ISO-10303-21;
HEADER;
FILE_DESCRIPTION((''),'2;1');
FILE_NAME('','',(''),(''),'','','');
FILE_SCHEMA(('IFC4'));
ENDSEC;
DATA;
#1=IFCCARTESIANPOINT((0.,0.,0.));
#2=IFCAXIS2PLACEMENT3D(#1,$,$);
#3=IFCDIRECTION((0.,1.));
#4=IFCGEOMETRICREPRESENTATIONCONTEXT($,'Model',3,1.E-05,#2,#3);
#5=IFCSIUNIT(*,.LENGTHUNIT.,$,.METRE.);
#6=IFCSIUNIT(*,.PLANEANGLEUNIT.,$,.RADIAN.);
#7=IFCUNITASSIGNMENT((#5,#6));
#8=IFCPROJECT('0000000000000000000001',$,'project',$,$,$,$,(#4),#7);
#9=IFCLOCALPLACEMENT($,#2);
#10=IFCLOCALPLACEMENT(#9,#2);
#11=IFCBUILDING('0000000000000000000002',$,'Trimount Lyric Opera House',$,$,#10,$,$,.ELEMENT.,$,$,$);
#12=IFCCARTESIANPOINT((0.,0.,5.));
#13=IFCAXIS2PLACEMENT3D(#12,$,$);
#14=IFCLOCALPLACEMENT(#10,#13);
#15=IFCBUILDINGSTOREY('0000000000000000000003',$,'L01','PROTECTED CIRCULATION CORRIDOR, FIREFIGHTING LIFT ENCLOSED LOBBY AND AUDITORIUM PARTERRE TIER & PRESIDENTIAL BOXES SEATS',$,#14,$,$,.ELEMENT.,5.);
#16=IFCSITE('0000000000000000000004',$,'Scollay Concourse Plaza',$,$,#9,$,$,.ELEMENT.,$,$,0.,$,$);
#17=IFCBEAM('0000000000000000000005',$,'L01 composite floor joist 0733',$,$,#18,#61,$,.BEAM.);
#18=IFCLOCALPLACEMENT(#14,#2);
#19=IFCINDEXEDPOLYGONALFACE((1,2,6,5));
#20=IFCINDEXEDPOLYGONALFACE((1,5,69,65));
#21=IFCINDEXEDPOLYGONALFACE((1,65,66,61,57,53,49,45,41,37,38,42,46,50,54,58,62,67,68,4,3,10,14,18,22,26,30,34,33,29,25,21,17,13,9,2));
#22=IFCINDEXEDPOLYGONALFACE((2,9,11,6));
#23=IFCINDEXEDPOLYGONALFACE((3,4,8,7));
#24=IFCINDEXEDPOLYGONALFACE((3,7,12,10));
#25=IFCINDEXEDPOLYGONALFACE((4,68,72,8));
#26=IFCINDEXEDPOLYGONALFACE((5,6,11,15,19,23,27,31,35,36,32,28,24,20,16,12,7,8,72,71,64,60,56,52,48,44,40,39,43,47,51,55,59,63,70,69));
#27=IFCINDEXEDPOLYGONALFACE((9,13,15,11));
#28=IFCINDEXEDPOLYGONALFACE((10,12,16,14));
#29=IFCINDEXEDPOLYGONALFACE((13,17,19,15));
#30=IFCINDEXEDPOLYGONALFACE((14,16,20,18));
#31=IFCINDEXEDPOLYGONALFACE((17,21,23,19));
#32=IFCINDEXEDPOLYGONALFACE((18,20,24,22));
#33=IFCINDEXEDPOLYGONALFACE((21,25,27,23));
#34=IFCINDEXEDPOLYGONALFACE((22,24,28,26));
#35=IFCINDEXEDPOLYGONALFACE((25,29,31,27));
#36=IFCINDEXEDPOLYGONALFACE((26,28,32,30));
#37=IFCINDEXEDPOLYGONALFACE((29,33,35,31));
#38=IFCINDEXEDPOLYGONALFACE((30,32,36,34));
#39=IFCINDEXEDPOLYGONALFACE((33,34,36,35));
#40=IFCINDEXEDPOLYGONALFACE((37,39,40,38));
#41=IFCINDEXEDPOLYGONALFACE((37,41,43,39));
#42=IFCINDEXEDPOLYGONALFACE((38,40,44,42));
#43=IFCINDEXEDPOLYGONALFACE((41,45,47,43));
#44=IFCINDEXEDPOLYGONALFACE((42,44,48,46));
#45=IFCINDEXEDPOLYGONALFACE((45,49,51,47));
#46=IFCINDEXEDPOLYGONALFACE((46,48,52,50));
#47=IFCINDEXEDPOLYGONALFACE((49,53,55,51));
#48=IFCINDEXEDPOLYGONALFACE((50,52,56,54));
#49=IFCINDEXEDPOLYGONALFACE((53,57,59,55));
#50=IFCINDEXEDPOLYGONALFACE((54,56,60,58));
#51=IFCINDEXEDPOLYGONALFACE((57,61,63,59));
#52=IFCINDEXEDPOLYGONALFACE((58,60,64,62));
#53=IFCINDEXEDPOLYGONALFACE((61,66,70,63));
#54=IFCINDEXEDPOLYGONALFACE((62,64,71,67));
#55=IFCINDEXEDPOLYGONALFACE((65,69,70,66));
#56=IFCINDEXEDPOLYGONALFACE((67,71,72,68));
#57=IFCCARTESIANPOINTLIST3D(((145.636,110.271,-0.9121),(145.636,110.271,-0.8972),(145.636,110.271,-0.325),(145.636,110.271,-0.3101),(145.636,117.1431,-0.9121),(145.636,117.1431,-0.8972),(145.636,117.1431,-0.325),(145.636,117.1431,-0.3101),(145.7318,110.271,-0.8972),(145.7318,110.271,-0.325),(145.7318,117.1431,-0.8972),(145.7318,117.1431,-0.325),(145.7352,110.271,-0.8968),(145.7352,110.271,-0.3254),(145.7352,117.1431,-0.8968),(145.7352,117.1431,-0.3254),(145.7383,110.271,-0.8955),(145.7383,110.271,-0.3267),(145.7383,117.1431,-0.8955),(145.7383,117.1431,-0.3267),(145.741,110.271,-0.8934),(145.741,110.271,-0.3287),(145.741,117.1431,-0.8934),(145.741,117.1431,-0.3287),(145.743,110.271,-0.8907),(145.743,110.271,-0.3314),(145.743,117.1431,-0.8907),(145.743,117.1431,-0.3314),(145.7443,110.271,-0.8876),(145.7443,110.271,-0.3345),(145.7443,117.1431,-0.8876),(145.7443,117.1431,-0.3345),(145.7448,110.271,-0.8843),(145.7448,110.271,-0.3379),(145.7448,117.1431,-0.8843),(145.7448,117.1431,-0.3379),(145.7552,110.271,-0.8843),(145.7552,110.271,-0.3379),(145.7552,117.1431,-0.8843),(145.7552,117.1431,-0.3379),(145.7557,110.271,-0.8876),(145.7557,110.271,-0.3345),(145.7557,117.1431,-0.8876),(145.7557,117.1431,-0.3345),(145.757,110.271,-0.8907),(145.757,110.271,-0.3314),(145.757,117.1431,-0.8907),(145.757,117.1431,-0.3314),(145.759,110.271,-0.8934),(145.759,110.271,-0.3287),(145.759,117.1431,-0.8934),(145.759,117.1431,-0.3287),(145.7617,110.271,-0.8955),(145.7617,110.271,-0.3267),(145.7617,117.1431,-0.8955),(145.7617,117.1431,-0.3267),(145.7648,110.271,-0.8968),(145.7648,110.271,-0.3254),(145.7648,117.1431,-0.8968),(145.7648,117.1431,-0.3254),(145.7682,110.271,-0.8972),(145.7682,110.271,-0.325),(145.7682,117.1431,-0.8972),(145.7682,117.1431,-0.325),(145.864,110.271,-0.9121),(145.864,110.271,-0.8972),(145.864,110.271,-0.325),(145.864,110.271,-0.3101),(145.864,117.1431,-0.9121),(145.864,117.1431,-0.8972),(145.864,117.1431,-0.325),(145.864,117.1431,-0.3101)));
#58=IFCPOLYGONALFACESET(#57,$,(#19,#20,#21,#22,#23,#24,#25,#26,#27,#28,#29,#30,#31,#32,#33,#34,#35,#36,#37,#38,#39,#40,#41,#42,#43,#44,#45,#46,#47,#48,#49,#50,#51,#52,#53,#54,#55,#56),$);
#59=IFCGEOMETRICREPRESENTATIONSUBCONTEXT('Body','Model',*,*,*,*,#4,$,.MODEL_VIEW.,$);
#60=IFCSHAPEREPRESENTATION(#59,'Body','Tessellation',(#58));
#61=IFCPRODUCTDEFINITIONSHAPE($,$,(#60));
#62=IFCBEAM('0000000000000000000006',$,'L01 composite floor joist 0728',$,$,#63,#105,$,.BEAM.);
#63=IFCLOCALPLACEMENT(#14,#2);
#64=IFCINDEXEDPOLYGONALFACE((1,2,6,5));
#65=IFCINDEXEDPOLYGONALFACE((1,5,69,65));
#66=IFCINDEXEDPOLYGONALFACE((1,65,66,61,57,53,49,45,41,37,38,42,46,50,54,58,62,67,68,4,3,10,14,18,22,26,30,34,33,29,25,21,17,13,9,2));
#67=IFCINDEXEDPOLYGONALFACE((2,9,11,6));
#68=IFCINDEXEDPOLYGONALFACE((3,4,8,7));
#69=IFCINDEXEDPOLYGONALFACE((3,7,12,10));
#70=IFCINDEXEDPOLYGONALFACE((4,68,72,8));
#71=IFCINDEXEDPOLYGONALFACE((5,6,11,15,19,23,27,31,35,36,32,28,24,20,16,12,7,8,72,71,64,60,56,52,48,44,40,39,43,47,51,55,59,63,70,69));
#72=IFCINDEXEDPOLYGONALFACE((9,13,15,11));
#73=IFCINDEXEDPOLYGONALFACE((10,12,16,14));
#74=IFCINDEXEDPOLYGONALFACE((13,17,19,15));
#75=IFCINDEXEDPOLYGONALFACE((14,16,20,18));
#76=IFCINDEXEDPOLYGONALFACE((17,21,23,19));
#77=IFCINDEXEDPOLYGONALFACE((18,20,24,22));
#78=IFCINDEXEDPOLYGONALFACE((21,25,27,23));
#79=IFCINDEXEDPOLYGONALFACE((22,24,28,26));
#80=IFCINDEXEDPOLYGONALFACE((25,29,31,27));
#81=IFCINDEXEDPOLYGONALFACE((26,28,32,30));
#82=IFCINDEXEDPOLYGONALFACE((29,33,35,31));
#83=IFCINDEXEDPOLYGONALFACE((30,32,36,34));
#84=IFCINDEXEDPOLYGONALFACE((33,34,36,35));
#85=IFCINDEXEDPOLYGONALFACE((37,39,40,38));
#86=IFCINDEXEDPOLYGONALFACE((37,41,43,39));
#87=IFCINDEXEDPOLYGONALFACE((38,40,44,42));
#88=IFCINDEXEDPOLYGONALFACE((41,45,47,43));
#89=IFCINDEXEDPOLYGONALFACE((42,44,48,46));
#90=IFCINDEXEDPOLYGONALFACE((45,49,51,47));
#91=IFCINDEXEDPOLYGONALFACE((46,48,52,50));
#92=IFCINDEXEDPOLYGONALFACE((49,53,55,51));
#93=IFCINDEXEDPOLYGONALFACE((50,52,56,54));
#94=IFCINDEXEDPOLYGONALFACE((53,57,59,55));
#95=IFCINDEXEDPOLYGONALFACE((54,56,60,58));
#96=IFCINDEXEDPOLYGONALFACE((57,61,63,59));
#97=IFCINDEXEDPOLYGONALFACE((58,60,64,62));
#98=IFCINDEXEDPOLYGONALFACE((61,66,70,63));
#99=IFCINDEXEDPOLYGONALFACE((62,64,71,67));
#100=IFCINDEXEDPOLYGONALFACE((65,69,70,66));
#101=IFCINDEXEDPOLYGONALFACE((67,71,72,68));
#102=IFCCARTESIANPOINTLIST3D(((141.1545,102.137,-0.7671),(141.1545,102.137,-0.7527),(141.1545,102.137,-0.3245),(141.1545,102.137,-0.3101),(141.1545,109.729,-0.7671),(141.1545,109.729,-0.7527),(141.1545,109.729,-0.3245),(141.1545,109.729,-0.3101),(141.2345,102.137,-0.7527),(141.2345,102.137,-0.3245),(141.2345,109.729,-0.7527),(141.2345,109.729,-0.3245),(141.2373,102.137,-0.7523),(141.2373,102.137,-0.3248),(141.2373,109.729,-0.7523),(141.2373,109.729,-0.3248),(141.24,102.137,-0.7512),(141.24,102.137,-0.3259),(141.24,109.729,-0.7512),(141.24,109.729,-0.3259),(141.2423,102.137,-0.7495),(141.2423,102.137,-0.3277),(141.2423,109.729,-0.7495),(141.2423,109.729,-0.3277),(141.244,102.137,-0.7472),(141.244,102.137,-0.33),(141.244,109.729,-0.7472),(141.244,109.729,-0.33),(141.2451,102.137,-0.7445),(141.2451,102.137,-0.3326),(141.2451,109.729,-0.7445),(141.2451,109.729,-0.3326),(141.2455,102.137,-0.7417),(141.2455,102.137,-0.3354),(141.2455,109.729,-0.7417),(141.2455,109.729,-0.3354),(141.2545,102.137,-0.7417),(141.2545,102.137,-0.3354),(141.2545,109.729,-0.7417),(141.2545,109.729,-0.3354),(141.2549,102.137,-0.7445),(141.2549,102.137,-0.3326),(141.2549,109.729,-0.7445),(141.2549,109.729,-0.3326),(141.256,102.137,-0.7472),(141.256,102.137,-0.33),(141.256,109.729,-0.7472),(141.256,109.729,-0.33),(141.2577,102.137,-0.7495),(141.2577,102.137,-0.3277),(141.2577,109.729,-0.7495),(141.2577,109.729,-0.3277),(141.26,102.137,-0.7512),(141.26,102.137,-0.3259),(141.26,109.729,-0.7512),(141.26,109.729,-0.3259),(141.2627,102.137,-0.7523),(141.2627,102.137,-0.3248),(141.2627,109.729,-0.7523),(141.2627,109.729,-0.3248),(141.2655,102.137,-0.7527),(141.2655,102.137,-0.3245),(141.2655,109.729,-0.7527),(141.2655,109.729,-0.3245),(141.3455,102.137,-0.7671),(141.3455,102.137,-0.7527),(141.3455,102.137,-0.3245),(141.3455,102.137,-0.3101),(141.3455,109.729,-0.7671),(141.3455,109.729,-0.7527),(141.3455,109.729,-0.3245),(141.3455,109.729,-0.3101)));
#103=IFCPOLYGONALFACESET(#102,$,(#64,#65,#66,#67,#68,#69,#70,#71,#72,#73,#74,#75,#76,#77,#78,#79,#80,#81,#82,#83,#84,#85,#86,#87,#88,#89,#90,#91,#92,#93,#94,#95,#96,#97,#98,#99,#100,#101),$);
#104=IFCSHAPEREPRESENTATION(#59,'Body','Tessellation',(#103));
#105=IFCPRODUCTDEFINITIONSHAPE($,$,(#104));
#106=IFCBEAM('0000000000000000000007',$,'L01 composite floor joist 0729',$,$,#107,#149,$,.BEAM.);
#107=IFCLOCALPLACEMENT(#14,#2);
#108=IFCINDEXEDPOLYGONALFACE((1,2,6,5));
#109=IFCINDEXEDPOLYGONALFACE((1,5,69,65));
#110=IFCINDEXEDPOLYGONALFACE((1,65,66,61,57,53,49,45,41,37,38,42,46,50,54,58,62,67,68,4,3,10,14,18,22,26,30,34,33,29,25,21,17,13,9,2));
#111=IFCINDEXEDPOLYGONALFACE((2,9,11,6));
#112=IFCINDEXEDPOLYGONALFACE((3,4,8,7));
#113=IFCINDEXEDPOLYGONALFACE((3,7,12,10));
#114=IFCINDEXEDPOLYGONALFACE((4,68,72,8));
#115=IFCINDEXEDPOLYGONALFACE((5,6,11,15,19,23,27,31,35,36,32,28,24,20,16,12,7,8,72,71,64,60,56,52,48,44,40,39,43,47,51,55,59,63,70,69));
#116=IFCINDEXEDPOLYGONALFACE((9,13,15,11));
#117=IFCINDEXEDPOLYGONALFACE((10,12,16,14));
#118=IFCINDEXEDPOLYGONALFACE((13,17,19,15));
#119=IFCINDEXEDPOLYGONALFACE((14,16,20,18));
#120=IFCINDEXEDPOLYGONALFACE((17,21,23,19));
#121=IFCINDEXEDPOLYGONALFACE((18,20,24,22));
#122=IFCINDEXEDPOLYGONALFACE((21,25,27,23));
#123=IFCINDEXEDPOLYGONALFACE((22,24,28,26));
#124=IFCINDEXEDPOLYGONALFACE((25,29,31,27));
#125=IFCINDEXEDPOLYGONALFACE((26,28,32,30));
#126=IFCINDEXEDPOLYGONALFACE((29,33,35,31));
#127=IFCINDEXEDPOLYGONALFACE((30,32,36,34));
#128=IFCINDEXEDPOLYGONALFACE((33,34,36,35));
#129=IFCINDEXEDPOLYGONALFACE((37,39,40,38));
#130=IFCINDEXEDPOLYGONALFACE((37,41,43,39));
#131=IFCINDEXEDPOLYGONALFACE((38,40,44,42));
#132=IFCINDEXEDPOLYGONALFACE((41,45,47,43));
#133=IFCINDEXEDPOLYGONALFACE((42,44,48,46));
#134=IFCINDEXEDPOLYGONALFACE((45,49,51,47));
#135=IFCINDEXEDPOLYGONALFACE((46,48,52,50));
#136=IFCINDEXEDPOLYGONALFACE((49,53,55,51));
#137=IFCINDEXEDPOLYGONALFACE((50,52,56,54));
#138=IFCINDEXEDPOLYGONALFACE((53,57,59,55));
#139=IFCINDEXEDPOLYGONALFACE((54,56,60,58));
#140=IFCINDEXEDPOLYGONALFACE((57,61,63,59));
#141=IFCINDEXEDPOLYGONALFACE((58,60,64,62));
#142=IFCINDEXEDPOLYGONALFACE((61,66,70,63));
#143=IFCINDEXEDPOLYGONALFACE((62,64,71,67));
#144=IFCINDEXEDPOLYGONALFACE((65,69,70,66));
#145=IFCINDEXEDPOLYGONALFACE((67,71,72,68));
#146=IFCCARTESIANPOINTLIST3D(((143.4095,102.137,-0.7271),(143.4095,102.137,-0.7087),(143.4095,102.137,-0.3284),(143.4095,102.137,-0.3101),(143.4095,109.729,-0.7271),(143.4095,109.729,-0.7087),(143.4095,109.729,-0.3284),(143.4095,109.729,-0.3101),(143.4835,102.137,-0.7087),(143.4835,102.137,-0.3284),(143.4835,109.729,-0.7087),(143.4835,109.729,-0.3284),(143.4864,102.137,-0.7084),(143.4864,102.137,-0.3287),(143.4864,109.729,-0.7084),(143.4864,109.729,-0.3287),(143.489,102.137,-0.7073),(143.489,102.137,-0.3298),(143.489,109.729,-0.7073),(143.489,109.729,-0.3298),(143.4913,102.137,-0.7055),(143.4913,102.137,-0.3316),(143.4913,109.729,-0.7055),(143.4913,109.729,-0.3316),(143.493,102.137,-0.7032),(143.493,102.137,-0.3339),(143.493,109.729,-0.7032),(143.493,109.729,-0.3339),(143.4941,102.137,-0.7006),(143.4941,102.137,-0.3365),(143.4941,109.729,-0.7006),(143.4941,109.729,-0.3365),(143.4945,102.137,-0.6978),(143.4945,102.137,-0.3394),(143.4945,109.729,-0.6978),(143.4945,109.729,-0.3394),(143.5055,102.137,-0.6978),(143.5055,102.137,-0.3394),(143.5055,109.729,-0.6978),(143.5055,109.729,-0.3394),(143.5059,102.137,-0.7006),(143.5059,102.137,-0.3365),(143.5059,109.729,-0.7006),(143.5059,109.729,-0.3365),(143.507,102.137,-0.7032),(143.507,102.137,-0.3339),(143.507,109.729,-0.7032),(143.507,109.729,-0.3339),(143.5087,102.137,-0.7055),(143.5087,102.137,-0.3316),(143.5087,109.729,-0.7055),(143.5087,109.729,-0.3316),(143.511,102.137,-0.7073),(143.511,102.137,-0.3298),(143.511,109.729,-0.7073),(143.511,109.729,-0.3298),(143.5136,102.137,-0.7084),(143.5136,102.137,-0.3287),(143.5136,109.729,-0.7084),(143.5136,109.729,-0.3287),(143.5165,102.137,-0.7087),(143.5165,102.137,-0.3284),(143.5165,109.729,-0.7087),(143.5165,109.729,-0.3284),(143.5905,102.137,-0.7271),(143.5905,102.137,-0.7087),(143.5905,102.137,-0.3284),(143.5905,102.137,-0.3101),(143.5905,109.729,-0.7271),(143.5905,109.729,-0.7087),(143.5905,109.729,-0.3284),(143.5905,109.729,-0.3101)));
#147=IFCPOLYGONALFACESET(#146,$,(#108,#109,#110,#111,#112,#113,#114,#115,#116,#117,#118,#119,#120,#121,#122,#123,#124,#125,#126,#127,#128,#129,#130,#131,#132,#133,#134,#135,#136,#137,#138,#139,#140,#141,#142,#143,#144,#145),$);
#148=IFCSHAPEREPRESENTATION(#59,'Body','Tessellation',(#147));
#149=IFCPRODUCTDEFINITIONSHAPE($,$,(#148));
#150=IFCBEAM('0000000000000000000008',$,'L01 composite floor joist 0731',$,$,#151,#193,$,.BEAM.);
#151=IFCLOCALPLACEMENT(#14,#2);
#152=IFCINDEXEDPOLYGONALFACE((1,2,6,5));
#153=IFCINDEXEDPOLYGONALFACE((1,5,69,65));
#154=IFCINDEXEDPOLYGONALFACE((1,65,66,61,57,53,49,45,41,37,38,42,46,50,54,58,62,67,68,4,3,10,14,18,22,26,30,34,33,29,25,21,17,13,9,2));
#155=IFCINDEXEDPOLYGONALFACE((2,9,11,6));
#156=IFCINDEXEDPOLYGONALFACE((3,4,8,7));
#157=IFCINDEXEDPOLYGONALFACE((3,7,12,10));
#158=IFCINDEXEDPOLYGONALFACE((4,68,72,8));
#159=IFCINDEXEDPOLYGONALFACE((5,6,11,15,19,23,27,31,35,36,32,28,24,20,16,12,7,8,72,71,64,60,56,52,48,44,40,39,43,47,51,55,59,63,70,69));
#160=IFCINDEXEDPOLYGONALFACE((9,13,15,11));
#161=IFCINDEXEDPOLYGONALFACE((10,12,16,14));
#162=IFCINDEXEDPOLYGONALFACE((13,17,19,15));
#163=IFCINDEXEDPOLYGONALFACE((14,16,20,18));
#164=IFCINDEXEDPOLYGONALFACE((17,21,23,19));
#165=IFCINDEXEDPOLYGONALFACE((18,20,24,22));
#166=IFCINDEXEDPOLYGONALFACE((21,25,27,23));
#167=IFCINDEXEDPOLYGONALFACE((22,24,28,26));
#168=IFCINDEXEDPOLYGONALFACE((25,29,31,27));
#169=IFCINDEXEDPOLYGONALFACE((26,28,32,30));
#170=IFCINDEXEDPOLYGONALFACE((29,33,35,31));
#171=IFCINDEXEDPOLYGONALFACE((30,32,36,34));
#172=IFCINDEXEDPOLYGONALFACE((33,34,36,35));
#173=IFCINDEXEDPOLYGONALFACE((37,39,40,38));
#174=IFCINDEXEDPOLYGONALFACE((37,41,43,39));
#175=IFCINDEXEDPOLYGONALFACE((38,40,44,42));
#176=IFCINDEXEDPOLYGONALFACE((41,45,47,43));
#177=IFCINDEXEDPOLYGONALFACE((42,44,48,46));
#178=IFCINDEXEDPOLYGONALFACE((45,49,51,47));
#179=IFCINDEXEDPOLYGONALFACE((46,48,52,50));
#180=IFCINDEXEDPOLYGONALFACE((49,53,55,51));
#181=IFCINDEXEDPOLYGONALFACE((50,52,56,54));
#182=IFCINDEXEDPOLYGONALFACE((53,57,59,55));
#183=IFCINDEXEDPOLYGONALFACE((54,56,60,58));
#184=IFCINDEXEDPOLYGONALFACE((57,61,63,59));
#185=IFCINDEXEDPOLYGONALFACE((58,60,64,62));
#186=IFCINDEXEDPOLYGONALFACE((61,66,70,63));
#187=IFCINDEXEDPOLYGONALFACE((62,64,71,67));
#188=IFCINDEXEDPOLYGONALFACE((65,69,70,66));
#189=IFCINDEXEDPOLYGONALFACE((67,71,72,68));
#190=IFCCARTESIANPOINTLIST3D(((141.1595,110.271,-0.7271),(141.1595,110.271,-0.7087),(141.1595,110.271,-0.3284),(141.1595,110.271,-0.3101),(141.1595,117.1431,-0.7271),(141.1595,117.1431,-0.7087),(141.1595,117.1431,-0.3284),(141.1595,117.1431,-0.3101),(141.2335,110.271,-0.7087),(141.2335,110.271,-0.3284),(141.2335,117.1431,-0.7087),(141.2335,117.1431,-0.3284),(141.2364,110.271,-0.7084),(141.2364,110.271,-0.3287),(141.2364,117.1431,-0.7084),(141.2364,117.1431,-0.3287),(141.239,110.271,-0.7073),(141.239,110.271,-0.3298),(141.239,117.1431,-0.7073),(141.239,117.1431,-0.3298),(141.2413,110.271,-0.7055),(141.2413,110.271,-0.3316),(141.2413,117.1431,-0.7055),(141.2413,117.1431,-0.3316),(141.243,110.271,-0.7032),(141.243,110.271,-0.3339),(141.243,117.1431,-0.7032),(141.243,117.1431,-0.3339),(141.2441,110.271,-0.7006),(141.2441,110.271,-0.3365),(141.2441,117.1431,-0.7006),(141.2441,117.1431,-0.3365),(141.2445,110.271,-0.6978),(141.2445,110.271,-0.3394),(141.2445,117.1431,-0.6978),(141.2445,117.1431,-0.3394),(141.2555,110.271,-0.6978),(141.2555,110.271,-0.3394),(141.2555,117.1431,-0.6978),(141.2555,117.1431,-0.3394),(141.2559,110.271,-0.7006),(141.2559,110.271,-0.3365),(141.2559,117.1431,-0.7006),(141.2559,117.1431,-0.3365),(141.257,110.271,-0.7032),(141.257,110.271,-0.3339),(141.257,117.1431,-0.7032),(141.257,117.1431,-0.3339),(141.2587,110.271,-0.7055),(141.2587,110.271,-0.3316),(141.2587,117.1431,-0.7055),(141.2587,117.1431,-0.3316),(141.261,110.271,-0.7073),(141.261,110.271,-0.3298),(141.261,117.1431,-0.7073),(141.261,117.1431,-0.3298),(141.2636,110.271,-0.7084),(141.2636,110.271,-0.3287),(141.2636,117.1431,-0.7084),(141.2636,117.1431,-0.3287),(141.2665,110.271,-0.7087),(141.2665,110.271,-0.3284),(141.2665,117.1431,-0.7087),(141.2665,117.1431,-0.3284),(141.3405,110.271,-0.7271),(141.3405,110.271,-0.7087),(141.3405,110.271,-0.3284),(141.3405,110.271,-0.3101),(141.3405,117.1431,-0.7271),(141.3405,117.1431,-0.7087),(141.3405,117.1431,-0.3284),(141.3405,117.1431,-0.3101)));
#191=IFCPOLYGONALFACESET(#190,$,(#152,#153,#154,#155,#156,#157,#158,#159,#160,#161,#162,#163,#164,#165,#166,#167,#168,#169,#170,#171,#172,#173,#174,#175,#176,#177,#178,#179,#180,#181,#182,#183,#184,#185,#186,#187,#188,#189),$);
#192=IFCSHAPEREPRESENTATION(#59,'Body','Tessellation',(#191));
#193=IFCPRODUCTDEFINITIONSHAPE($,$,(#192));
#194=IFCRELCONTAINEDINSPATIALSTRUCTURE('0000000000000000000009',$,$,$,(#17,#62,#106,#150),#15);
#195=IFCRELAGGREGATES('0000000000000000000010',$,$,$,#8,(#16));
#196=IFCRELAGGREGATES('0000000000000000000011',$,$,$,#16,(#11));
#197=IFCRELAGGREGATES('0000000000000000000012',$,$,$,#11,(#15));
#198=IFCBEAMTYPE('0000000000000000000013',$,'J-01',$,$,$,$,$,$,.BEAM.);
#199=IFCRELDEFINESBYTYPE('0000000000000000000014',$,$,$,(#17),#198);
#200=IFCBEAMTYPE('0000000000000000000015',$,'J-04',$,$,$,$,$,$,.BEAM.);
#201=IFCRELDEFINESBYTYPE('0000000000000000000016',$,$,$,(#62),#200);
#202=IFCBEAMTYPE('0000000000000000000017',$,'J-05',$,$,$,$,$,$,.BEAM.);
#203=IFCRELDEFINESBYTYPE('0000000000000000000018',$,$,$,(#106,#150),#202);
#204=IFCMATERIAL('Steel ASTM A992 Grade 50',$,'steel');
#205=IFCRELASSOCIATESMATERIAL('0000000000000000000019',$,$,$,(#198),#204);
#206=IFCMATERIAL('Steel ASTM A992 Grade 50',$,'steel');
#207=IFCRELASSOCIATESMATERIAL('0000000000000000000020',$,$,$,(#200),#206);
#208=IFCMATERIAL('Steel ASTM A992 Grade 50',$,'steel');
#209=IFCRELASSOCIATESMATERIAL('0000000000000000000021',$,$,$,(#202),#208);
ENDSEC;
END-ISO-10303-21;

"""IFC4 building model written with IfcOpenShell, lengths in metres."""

from ifc_helpers import new_model, si_unit, direction, frame, origin, origin_2d, place, context, subcontext, project, spatial, i_section, extrude, material, material_profile, profile_set, type_object, element, save


model = new_model("IFC4")

# Units and contexts
model_context = context("Model", 3, precision=1e-05, world=origin(), true_north=direction((0.0, 1.0)))
body_context = subcontext(model_context, "Body", "Model", "MODEL_VIEW")
ifc_project = project(units=[si_unit("LENGTHUNIT", "METRE"), si_unit("PLANEANGLEUNIT", "RADIAN")], contexts=[model_context])

# Site, building, storey
site_placement = place(None, origin())
site = spatial("IfcSite", under=ifc_project, at=site_placement, Name="Scollay Concourse Plaza", CompositionType="ELEMENT", RefElevation=0.0)
building_placement = place(site_placement, origin())
building = spatial("IfcBuilding", under=site, at=building_placement, Name="Trimount Lyric Opera House", CompositionType="ELEMENT")
storey_placement = place(building_placement, frame((0.0, 0.0, 5.0)))
storey = spatial("IfcBuildingStorey", under=building, at=storey_placement, Name="L01", Description="PROTECTED CIRCULATION CORRIDOR, FIREFIGHTING LIFT ENCLOSED LOBBY AND AUDITORIUM PARTERRE TIER & PRESIDENTIAL BOXES SEATS", CompositionType="ELEMENT", Elevation=5.0)

# Beams
ifc_material_1 = material(Name="Steel ASTM A992 Grade 50", Category="steel")
ifc_material_profile_1 = material_profile(ifc_material_1, i_section(OverallWidth=0.228, OverallDepth=0.6021, WebThickness=0.0105, FlangeThickness=0.0149, FilletRadius=0.0129, at=origin_2d()), Name="W24X68")
ifc_profile_set_1 = profile_set([ifc_material_profile_1], Name="Steel ASTM A992 Grade 50")
beam_type_1 = type_object("IfcBeamType", Name="J-01", PredefinedType="BEAM", material=ifc_profile_set_1)
beam_1_placement = place(storey_placement, frame((145.75, 110.271, -0.6111), z_axis=(0.0, 1.0, 0.0), x_axis=(-1.0, 0.0, 0.0)))
element("IfcBeam", 1, at=beam_1_placement, inside=storey, type_object=beam_type_1, Name="L01 composite floor joist 0733", PredefinedType="BEAM", context=body_context, shape_type="SweptSolid", body=[
    extrude(i_section(OverallWidth=0.228, OverallDepth=0.6021, WebThickness=0.0105, FlangeThickness=0.0149, FilletRadius=0.0129, at=origin_2d()), origin(), (0.0, 0.0, 1.0), 6.8721),
])
ifc_material_2 = material(Name="Steel ASTM A992 Grade 50", Category="steel")
ifc_material_profile_2 = material_profile(ifc_material_2, i_section(OverallWidth=0.1909, OverallDepth=0.457, WebThickness=0.009, FlangeThickness=0.0144, FilletRadius=0.011, at=origin_2d()), Name="W18X50")
ifc_profile_set_2 = profile_set([ifc_material_profile_2], Name="Steel ASTM A992 Grade 50")
beam_type_2 = type_object("IfcBeamType", Name="J-04", PredefinedType="BEAM", material=ifc_profile_set_2)
beam_2_placement = place(storey_placement, frame((141.25, 102.137, -0.5386), z_axis=(0.0, 1.0, 0.0), x_axis=(-1.0, 0.0, 0.0)))
element("IfcBeam", 2, at=beam_2_placement, inside=storey, type_object=beam_type_2, Name="L01 composite floor joist 0728", PredefinedType="BEAM", context=body_context, shape_type="SweptSolid", body=[
    extrude(i_section(OverallWidth=0.1909, OverallDepth=0.457, WebThickness=0.009, FlangeThickness=0.0144, FilletRadius=0.011, at=origin_2d()), origin(), (0.0, 0.0, 1.0), 7.592),
])
ifc_material_3 = material(Name="Steel ASTM A992 Grade 50", Category="steel")
ifc_material_profile_3 = material_profile(ifc_material_3, i_section(OverallWidth=0.1809, OverallDepth=0.417, WebThickness=0.011, FlangeThickness=0.0183, FilletRadius=0.011, at=origin_2d()), Name="W16X57")
ifc_profile_set_3 = profile_set([ifc_material_profile_3], Name="Steel ASTM A992 Grade 50")
beam_type_3 = type_object("IfcBeamType", Name="J-05", PredefinedType="BEAM", material=ifc_profile_set_3)
beam_3_placement = place(storey_placement, frame((143.5, 102.137, -0.5186), z_axis=(0.0, 1.0, 0.0), x_axis=(-1.0, 0.0, 0.0)))
element("IfcBeam", 3, at=beam_3_placement, inside=storey, type_object=beam_type_3, Name="L01 composite floor joist 0729", PredefinedType="BEAM", context=body_context, shape_type="SweptSolid", body=[
    extrude(i_section(OverallWidth=0.1809, OverallDepth=0.417, WebThickness=0.011, FlangeThickness=0.0183, FilletRadius=0.011, at=origin_2d()), origin(), (0.0, 0.0, 1.0), 7.592),
])
beam_4_placement = place(storey_placement, frame((141.25, 110.271, -0.5186), z_axis=(0.0, 1.0, 0.0), x_axis=(-1.0, 0.0, 0.0)))
element("IfcBeam", 4, at=beam_4_placement, inside=storey, type_object=beam_type_3, Name="L01 composite floor joist 0731", PredefinedType="BEAM", context=body_context, shape_type="SweptSolid", body=[
    extrude(i_section(OverallWidth=0.1809, OverallDepth=0.417, WebThickness=0.011, FlangeThickness=0.0183, FilletRadius=0.011, at=origin_2d()), origin(), (0.0, 0.0, 1.0), 6.8721),
])

save(model, "model.ifc")
